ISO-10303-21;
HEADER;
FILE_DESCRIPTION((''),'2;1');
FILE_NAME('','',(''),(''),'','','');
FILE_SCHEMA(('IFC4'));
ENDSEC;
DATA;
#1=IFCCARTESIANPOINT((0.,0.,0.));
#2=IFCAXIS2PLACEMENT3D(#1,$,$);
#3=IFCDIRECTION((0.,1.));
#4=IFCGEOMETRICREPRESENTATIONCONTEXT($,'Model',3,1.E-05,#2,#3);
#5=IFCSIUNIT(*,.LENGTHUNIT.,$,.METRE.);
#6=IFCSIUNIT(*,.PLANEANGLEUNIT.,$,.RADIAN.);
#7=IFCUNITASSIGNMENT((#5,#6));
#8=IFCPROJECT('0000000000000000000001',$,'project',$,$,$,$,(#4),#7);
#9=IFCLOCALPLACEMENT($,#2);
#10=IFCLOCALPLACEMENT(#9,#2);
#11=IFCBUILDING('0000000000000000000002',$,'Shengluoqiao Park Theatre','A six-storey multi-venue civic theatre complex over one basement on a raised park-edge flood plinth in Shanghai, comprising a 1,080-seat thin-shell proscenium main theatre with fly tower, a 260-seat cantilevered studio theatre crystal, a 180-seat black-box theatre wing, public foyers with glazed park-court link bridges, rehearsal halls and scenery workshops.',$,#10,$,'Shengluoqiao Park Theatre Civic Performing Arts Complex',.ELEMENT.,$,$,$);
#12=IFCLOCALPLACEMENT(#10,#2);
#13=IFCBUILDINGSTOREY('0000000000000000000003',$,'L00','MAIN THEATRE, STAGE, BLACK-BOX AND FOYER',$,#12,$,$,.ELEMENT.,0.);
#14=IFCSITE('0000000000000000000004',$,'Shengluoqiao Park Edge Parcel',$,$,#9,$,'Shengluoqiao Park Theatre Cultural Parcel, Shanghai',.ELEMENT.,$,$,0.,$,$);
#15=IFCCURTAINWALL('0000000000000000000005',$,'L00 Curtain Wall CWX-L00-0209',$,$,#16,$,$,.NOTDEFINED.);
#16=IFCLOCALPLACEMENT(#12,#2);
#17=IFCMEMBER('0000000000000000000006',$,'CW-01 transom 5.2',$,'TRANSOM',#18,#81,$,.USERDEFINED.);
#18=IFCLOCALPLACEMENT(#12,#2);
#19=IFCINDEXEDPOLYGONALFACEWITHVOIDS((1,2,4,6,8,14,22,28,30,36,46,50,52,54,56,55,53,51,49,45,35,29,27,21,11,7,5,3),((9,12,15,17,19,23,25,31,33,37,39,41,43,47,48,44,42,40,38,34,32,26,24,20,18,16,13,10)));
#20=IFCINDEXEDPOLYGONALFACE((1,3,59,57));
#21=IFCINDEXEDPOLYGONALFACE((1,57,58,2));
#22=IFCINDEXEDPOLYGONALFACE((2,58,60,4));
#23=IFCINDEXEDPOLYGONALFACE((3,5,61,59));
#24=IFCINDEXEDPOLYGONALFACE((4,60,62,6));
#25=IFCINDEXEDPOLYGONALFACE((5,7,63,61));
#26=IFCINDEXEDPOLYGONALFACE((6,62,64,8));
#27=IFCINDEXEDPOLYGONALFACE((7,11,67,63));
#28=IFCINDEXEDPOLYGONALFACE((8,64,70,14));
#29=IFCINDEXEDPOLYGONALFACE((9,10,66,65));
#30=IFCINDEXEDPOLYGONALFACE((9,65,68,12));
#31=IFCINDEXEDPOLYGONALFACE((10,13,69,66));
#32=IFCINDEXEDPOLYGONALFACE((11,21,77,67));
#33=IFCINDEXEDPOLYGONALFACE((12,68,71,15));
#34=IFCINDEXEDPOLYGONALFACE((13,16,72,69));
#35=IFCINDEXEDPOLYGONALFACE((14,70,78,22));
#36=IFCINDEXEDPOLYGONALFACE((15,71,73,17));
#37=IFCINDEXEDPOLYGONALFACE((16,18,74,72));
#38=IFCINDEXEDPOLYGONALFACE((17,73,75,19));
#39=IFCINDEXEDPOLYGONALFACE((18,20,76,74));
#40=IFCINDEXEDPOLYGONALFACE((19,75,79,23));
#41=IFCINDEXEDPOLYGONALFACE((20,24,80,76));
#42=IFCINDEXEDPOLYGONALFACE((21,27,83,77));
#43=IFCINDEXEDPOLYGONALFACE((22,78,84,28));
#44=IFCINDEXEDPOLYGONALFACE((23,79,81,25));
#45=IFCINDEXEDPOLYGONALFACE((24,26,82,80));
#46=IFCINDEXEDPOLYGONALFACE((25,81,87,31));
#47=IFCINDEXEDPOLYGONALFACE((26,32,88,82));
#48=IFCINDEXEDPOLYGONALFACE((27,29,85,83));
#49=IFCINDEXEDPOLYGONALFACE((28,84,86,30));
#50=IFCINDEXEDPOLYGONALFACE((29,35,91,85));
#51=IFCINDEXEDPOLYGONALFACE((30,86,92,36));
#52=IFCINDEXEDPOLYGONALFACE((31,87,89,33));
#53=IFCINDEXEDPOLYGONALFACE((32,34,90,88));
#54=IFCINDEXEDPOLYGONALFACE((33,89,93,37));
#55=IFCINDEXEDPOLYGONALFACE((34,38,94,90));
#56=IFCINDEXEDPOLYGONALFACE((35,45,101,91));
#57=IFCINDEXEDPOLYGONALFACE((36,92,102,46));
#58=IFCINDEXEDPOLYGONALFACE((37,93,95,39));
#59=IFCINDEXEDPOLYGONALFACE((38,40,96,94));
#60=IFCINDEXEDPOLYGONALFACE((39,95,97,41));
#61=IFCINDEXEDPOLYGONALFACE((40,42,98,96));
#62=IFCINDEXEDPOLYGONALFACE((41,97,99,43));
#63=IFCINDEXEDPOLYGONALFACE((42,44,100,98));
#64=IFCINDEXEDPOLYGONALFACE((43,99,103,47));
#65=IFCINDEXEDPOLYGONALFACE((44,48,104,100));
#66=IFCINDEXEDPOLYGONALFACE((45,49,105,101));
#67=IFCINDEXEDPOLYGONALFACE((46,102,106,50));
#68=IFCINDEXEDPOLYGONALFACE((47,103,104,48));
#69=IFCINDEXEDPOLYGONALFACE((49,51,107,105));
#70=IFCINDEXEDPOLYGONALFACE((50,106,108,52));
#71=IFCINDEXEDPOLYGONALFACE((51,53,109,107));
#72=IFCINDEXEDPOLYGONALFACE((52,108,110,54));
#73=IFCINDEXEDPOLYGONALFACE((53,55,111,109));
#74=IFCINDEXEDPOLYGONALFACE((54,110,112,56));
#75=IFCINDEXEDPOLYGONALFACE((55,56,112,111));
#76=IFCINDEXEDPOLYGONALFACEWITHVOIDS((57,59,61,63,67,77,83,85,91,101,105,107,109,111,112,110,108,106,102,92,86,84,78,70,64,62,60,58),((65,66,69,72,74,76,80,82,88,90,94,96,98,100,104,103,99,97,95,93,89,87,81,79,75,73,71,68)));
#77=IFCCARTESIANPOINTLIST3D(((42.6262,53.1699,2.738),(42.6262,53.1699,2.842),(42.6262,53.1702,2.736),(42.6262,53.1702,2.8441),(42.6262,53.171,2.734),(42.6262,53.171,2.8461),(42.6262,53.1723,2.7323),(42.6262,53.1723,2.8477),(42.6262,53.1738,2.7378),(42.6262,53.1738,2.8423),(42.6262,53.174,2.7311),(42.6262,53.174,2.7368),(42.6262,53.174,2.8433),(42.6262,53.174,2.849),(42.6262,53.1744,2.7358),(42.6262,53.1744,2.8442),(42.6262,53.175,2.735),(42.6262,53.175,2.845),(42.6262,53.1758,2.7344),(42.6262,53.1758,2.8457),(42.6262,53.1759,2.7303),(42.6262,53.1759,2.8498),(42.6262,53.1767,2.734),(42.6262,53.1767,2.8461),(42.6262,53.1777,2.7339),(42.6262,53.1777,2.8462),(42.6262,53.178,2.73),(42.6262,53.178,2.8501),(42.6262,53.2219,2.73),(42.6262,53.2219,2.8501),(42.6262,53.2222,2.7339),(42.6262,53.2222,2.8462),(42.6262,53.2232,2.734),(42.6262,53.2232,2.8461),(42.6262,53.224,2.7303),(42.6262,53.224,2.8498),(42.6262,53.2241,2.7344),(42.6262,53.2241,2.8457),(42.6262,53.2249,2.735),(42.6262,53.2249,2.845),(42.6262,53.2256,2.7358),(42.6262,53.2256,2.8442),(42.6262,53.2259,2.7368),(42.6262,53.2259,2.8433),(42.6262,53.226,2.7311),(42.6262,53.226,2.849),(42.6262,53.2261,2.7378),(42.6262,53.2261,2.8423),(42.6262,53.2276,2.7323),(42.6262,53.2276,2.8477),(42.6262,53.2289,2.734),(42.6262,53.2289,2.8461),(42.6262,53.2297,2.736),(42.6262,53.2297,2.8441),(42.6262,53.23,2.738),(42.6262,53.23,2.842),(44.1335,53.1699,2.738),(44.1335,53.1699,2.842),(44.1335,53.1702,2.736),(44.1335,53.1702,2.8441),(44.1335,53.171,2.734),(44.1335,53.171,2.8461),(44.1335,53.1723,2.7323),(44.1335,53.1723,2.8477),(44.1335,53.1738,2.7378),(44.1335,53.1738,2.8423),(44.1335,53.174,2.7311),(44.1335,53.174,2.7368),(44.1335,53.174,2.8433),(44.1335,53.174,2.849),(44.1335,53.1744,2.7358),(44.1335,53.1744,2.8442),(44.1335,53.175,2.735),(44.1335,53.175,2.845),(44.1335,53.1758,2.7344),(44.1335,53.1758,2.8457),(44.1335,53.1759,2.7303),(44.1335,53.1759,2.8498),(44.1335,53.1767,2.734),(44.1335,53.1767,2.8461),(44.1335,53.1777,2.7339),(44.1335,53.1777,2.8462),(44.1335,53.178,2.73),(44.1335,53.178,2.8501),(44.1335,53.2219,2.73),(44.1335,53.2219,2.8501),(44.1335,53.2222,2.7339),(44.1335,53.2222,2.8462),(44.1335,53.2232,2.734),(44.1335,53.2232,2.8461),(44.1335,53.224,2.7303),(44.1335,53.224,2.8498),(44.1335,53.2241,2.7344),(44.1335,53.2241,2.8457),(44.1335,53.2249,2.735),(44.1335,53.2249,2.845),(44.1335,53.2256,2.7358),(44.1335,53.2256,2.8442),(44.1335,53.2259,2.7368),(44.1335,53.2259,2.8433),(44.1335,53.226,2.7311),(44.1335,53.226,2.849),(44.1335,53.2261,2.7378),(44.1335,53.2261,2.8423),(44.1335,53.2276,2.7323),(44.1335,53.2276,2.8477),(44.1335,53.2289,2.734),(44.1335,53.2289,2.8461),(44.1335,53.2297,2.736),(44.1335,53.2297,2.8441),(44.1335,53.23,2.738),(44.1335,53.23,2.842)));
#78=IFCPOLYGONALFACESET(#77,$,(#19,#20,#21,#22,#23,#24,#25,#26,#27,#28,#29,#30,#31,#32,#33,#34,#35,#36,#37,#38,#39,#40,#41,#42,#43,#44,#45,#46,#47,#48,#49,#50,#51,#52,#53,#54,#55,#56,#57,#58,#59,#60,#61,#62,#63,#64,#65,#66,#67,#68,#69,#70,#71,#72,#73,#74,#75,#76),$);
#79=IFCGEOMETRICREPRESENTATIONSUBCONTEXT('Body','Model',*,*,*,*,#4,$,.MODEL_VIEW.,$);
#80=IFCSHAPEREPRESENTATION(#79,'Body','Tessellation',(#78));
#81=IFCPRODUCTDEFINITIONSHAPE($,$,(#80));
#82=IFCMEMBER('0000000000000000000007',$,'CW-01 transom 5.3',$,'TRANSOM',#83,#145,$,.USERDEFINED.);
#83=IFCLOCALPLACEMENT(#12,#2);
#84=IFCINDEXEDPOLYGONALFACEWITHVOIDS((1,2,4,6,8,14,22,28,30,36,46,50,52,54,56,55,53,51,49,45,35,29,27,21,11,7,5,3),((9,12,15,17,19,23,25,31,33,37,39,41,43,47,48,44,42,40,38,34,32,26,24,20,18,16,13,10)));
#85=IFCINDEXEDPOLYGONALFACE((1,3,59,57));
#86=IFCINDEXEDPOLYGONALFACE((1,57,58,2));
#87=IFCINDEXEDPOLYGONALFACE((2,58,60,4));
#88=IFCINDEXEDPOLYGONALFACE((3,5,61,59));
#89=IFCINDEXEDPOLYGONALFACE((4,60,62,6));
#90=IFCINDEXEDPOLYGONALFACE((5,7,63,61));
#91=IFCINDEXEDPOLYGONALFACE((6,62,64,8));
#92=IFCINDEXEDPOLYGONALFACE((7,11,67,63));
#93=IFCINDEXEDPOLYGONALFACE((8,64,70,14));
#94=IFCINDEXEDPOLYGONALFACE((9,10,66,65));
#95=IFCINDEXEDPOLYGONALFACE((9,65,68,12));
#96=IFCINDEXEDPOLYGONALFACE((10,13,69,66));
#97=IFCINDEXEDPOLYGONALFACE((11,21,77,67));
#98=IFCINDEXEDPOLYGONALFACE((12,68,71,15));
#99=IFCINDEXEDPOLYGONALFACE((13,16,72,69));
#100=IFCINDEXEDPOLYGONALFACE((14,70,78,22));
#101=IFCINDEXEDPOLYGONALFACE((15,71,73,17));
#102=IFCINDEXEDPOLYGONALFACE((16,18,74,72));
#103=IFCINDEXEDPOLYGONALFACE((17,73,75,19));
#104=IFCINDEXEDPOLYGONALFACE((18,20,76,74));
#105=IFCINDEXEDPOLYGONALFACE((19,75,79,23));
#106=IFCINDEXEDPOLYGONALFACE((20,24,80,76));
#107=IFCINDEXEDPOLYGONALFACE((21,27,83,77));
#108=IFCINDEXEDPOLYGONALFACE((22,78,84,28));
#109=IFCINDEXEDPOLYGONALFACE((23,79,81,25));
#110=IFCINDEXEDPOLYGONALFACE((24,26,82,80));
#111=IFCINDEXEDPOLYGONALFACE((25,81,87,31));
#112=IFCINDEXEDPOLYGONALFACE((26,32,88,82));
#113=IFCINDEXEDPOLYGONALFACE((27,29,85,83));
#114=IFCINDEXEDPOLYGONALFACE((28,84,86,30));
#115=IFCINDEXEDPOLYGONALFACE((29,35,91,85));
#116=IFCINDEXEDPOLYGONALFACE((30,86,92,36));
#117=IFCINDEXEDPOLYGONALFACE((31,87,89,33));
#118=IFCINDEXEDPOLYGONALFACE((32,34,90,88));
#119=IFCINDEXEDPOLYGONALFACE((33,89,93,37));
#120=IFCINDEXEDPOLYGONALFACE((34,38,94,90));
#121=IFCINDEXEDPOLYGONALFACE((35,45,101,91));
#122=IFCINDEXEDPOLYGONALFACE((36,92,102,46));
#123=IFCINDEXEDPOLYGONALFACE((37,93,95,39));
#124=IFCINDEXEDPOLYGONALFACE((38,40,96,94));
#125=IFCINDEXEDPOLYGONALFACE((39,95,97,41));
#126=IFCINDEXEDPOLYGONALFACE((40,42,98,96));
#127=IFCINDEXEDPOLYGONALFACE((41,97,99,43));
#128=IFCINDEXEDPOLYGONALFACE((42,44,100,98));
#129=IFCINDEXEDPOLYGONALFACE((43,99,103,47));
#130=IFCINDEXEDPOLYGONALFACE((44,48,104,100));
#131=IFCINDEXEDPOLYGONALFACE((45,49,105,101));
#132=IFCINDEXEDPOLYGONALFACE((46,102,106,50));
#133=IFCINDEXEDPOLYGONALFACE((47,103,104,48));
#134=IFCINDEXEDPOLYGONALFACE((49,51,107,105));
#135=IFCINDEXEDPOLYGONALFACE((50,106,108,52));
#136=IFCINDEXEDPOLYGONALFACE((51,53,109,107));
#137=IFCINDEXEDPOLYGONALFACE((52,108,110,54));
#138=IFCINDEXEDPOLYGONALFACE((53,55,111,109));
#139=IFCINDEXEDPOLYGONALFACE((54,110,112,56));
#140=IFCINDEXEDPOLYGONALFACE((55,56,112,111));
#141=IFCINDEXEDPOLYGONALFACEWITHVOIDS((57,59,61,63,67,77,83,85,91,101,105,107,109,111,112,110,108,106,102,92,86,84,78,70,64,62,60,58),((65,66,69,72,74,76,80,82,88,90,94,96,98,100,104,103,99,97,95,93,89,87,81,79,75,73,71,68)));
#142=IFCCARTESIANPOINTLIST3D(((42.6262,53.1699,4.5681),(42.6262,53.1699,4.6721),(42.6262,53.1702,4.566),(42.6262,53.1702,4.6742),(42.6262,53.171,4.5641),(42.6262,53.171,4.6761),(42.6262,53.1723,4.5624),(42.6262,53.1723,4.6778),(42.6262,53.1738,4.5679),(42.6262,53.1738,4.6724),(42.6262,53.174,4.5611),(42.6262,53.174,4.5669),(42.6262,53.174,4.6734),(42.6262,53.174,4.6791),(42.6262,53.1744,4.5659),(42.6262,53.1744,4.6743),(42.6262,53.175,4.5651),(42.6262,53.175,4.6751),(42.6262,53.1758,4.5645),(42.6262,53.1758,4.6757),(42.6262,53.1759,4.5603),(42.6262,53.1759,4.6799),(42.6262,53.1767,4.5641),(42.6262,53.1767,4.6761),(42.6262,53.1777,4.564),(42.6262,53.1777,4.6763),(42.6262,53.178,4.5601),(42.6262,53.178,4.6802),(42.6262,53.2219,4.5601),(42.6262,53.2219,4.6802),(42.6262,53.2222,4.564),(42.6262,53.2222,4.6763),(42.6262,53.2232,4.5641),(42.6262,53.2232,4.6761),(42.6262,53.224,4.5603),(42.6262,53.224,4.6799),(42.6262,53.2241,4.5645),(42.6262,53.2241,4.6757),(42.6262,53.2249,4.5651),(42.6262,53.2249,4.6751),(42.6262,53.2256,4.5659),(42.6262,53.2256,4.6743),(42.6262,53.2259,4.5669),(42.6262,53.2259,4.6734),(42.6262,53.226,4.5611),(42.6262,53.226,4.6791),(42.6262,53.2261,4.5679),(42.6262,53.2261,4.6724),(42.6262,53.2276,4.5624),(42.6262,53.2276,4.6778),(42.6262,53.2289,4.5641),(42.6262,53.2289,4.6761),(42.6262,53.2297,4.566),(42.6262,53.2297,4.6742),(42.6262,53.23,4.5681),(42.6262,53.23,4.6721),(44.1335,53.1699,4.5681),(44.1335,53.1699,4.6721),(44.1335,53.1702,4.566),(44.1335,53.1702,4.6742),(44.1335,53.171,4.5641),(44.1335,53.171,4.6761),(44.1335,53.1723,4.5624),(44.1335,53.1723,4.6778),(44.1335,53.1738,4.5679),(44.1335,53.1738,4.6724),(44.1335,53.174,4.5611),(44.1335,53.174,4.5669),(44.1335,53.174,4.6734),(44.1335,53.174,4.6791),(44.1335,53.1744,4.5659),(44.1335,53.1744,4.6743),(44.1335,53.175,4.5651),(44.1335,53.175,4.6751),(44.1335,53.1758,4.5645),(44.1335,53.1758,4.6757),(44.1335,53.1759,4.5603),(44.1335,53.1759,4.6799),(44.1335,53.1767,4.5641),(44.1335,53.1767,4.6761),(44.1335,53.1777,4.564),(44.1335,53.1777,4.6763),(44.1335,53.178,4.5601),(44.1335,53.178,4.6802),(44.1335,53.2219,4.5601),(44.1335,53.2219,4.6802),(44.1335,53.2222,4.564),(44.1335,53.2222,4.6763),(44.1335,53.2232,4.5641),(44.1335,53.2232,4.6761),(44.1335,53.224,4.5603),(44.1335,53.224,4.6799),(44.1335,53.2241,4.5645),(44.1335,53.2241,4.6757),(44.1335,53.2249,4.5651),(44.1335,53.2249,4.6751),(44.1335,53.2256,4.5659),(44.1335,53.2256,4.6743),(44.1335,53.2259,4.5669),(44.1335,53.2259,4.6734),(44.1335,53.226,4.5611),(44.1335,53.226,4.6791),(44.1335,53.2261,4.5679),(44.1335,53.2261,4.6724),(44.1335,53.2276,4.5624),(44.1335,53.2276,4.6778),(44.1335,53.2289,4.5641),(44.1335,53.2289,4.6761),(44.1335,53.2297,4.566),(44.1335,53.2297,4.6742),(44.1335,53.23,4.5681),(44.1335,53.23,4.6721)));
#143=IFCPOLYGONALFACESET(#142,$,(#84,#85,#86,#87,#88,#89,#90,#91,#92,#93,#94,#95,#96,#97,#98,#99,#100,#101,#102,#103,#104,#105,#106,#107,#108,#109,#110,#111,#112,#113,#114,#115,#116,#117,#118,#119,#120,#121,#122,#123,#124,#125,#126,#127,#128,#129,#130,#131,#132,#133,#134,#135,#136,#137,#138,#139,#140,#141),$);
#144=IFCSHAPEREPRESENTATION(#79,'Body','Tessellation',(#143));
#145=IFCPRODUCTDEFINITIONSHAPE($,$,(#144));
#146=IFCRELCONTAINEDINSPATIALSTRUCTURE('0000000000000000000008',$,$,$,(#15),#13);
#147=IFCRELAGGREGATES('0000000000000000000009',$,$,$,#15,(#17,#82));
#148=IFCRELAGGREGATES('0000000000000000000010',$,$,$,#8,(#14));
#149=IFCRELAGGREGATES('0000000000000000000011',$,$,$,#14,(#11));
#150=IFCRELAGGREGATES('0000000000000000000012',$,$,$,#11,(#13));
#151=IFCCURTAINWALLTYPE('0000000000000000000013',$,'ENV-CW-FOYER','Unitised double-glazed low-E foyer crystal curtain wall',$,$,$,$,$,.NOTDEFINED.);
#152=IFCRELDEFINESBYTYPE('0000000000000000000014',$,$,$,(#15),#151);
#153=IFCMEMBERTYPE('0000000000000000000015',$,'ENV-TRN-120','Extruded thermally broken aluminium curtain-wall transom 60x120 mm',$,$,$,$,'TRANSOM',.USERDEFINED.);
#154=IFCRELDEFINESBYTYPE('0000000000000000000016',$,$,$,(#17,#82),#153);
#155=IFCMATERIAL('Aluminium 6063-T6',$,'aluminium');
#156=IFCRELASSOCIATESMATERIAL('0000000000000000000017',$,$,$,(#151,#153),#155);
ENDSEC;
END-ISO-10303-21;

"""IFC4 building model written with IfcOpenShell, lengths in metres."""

from ifc_helpers import new_model, si_unit, direction, frame, origin, origin_2d, place, context, subcontext, project, spatial, hollow_rectangle, extrude, material, material_profile, profile_set, type_object, element, aggregate, save


model = new_model("IFC4")

# Units and contexts
model_context = context("Model", 3, precision=1e-05, world=origin(), true_north=direction((0.0, 1.0)))
body_context = subcontext(model_context, "Body", "Model", "MODEL_VIEW")
ifc_project = project(units=[si_unit("LENGTHUNIT", "METRE"), si_unit("PLANEANGLEUNIT", "RADIAN")], contexts=[model_context])

# Site, building, storey
site_placement = place(None, origin())
site = spatial("IfcSite", under=ifc_project, at=site_placement, Name="Shengluoqiao Park Edge Parcel", LongName="Shengluoqiao Park Theatre Cultural Parcel, Shanghai", CompositionType="ELEMENT", RefElevation=0.0)
building_placement = place(site_placement, origin())
building = spatial("IfcBuilding", under=site, at=building_placement, Name="Shengluoqiao Park Theatre", Description="A six-storey multi-venue civic theatre complex over one basement on a raised park-edge flood plinth in Shanghai, comprising a 1,080-seat thin-shell proscenium main theatre with fly tower, a 260-seat cantilevered studio theatre crystal, a 180-seat black-box theatre wing, public foyers with glazed park-court link bridges, rehearsal halls and scenery workshops.", LongName="Shengluoqiao Park Theatre Civic Performing Arts Complex", CompositionType="ELEMENT")
storey_placement = place(building_placement, origin())
storey = spatial("IfcBuildingStorey", under=building, at=storey_placement, Name="L00", Description="MAIN THEATRE, STAGE, BLACK-BOX AND FOYER", CompositionType="ELEMENT", Elevation=0.0)

# Curtain wall
ifc_material_1 = material(Name="Aluminium 6063-T6", Category="aluminium")
curtain_wall_type_1 = type_object("IfcCurtainWallType", Name="ENV-CW-FOYER", Description="Unitised double-glazed low-E foyer crystal curtain wall", PredefinedType="NOTDEFINED", material=ifc_material_1)
curtain_wall_1_placement = place(storey_placement, origin())
curtain_wall_1 = element("IfcCurtainWall", 1, at=curtain_wall_1_placement, inside=storey, type_object=curtain_wall_type_1, Name="L00 Curtain Wall CWX-L00-0209", PredefinedType="NOTDEFINED")

# Members
ifc_material_profile_1 = material_profile(ifc_material_1, hollow_rectangle(XDim=0.0601, YDim=0.1201, WallThickness=0.0039, InnerFilletRadius=0.0039, OuterFilletRadius=0.0081, at=origin_2d()), Name="ALU TRANSOM 120x60x4")
ifc_profile_set_1 = profile_set([ifc_material_profile_1], Name="Aluminium 6063-T6")
member_type_1 = type_object("IfcMemberType", Name="ENV-TRN-120", Description="Extruded thermally broken aluminium curtain-wall transom 60x120 mm", ElementType="TRANSOM", PredefinedType="USERDEFINED", material=ifc_profile_set_1)
member_1_placement = place(storey_placement, frame((42.6262, 53.2, 2.79), z_axis=(1.0, 0.0, 0.0), x_axis=(0.0, 1.0, 0.0)))
member_1 = element("IfcMember", 2, at=member_1_placement, type_object=member_type_1, Name="CW-01 transom 5.2", ObjectType="TRANSOM", PredefinedType="USERDEFINED", context=body_context, shape_type="SweptSolid", body=[
    extrude(hollow_rectangle(XDim=0.0601, YDim=0.1201, WallThickness=0.0039, InnerFilletRadius=0.0039, OuterFilletRadius=0.0081, at=origin_2d()), origin(), (0.0, 0.0, 1.0), 1.5073),
])
member_2_placement = place(storey_placement, frame((42.6262, 53.2, 4.6201), z_axis=(1.0, 0.0, 0.0), x_axis=(0.0, 1.0, 0.0)))
member_2 = element("IfcMember", 3, at=member_2_placement, type_object=member_type_1, Name="CW-01 transom 5.3", ObjectType="TRANSOM", PredefinedType="USERDEFINED", context=body_context, shape_type="SweptSolid", body=[
    extrude(hollow_rectangle(XDim=0.0601, YDim=0.1201, WallThickness=0.0039, InnerFilletRadius=0.0039, OuterFilletRadius=0.0081, at=origin_2d()), origin(), (0.0, 0.0, 1.0), 1.5073),
])

aggregate(curtain_wall_1, [member_1, member_2])

save(model, "model.ifc")
